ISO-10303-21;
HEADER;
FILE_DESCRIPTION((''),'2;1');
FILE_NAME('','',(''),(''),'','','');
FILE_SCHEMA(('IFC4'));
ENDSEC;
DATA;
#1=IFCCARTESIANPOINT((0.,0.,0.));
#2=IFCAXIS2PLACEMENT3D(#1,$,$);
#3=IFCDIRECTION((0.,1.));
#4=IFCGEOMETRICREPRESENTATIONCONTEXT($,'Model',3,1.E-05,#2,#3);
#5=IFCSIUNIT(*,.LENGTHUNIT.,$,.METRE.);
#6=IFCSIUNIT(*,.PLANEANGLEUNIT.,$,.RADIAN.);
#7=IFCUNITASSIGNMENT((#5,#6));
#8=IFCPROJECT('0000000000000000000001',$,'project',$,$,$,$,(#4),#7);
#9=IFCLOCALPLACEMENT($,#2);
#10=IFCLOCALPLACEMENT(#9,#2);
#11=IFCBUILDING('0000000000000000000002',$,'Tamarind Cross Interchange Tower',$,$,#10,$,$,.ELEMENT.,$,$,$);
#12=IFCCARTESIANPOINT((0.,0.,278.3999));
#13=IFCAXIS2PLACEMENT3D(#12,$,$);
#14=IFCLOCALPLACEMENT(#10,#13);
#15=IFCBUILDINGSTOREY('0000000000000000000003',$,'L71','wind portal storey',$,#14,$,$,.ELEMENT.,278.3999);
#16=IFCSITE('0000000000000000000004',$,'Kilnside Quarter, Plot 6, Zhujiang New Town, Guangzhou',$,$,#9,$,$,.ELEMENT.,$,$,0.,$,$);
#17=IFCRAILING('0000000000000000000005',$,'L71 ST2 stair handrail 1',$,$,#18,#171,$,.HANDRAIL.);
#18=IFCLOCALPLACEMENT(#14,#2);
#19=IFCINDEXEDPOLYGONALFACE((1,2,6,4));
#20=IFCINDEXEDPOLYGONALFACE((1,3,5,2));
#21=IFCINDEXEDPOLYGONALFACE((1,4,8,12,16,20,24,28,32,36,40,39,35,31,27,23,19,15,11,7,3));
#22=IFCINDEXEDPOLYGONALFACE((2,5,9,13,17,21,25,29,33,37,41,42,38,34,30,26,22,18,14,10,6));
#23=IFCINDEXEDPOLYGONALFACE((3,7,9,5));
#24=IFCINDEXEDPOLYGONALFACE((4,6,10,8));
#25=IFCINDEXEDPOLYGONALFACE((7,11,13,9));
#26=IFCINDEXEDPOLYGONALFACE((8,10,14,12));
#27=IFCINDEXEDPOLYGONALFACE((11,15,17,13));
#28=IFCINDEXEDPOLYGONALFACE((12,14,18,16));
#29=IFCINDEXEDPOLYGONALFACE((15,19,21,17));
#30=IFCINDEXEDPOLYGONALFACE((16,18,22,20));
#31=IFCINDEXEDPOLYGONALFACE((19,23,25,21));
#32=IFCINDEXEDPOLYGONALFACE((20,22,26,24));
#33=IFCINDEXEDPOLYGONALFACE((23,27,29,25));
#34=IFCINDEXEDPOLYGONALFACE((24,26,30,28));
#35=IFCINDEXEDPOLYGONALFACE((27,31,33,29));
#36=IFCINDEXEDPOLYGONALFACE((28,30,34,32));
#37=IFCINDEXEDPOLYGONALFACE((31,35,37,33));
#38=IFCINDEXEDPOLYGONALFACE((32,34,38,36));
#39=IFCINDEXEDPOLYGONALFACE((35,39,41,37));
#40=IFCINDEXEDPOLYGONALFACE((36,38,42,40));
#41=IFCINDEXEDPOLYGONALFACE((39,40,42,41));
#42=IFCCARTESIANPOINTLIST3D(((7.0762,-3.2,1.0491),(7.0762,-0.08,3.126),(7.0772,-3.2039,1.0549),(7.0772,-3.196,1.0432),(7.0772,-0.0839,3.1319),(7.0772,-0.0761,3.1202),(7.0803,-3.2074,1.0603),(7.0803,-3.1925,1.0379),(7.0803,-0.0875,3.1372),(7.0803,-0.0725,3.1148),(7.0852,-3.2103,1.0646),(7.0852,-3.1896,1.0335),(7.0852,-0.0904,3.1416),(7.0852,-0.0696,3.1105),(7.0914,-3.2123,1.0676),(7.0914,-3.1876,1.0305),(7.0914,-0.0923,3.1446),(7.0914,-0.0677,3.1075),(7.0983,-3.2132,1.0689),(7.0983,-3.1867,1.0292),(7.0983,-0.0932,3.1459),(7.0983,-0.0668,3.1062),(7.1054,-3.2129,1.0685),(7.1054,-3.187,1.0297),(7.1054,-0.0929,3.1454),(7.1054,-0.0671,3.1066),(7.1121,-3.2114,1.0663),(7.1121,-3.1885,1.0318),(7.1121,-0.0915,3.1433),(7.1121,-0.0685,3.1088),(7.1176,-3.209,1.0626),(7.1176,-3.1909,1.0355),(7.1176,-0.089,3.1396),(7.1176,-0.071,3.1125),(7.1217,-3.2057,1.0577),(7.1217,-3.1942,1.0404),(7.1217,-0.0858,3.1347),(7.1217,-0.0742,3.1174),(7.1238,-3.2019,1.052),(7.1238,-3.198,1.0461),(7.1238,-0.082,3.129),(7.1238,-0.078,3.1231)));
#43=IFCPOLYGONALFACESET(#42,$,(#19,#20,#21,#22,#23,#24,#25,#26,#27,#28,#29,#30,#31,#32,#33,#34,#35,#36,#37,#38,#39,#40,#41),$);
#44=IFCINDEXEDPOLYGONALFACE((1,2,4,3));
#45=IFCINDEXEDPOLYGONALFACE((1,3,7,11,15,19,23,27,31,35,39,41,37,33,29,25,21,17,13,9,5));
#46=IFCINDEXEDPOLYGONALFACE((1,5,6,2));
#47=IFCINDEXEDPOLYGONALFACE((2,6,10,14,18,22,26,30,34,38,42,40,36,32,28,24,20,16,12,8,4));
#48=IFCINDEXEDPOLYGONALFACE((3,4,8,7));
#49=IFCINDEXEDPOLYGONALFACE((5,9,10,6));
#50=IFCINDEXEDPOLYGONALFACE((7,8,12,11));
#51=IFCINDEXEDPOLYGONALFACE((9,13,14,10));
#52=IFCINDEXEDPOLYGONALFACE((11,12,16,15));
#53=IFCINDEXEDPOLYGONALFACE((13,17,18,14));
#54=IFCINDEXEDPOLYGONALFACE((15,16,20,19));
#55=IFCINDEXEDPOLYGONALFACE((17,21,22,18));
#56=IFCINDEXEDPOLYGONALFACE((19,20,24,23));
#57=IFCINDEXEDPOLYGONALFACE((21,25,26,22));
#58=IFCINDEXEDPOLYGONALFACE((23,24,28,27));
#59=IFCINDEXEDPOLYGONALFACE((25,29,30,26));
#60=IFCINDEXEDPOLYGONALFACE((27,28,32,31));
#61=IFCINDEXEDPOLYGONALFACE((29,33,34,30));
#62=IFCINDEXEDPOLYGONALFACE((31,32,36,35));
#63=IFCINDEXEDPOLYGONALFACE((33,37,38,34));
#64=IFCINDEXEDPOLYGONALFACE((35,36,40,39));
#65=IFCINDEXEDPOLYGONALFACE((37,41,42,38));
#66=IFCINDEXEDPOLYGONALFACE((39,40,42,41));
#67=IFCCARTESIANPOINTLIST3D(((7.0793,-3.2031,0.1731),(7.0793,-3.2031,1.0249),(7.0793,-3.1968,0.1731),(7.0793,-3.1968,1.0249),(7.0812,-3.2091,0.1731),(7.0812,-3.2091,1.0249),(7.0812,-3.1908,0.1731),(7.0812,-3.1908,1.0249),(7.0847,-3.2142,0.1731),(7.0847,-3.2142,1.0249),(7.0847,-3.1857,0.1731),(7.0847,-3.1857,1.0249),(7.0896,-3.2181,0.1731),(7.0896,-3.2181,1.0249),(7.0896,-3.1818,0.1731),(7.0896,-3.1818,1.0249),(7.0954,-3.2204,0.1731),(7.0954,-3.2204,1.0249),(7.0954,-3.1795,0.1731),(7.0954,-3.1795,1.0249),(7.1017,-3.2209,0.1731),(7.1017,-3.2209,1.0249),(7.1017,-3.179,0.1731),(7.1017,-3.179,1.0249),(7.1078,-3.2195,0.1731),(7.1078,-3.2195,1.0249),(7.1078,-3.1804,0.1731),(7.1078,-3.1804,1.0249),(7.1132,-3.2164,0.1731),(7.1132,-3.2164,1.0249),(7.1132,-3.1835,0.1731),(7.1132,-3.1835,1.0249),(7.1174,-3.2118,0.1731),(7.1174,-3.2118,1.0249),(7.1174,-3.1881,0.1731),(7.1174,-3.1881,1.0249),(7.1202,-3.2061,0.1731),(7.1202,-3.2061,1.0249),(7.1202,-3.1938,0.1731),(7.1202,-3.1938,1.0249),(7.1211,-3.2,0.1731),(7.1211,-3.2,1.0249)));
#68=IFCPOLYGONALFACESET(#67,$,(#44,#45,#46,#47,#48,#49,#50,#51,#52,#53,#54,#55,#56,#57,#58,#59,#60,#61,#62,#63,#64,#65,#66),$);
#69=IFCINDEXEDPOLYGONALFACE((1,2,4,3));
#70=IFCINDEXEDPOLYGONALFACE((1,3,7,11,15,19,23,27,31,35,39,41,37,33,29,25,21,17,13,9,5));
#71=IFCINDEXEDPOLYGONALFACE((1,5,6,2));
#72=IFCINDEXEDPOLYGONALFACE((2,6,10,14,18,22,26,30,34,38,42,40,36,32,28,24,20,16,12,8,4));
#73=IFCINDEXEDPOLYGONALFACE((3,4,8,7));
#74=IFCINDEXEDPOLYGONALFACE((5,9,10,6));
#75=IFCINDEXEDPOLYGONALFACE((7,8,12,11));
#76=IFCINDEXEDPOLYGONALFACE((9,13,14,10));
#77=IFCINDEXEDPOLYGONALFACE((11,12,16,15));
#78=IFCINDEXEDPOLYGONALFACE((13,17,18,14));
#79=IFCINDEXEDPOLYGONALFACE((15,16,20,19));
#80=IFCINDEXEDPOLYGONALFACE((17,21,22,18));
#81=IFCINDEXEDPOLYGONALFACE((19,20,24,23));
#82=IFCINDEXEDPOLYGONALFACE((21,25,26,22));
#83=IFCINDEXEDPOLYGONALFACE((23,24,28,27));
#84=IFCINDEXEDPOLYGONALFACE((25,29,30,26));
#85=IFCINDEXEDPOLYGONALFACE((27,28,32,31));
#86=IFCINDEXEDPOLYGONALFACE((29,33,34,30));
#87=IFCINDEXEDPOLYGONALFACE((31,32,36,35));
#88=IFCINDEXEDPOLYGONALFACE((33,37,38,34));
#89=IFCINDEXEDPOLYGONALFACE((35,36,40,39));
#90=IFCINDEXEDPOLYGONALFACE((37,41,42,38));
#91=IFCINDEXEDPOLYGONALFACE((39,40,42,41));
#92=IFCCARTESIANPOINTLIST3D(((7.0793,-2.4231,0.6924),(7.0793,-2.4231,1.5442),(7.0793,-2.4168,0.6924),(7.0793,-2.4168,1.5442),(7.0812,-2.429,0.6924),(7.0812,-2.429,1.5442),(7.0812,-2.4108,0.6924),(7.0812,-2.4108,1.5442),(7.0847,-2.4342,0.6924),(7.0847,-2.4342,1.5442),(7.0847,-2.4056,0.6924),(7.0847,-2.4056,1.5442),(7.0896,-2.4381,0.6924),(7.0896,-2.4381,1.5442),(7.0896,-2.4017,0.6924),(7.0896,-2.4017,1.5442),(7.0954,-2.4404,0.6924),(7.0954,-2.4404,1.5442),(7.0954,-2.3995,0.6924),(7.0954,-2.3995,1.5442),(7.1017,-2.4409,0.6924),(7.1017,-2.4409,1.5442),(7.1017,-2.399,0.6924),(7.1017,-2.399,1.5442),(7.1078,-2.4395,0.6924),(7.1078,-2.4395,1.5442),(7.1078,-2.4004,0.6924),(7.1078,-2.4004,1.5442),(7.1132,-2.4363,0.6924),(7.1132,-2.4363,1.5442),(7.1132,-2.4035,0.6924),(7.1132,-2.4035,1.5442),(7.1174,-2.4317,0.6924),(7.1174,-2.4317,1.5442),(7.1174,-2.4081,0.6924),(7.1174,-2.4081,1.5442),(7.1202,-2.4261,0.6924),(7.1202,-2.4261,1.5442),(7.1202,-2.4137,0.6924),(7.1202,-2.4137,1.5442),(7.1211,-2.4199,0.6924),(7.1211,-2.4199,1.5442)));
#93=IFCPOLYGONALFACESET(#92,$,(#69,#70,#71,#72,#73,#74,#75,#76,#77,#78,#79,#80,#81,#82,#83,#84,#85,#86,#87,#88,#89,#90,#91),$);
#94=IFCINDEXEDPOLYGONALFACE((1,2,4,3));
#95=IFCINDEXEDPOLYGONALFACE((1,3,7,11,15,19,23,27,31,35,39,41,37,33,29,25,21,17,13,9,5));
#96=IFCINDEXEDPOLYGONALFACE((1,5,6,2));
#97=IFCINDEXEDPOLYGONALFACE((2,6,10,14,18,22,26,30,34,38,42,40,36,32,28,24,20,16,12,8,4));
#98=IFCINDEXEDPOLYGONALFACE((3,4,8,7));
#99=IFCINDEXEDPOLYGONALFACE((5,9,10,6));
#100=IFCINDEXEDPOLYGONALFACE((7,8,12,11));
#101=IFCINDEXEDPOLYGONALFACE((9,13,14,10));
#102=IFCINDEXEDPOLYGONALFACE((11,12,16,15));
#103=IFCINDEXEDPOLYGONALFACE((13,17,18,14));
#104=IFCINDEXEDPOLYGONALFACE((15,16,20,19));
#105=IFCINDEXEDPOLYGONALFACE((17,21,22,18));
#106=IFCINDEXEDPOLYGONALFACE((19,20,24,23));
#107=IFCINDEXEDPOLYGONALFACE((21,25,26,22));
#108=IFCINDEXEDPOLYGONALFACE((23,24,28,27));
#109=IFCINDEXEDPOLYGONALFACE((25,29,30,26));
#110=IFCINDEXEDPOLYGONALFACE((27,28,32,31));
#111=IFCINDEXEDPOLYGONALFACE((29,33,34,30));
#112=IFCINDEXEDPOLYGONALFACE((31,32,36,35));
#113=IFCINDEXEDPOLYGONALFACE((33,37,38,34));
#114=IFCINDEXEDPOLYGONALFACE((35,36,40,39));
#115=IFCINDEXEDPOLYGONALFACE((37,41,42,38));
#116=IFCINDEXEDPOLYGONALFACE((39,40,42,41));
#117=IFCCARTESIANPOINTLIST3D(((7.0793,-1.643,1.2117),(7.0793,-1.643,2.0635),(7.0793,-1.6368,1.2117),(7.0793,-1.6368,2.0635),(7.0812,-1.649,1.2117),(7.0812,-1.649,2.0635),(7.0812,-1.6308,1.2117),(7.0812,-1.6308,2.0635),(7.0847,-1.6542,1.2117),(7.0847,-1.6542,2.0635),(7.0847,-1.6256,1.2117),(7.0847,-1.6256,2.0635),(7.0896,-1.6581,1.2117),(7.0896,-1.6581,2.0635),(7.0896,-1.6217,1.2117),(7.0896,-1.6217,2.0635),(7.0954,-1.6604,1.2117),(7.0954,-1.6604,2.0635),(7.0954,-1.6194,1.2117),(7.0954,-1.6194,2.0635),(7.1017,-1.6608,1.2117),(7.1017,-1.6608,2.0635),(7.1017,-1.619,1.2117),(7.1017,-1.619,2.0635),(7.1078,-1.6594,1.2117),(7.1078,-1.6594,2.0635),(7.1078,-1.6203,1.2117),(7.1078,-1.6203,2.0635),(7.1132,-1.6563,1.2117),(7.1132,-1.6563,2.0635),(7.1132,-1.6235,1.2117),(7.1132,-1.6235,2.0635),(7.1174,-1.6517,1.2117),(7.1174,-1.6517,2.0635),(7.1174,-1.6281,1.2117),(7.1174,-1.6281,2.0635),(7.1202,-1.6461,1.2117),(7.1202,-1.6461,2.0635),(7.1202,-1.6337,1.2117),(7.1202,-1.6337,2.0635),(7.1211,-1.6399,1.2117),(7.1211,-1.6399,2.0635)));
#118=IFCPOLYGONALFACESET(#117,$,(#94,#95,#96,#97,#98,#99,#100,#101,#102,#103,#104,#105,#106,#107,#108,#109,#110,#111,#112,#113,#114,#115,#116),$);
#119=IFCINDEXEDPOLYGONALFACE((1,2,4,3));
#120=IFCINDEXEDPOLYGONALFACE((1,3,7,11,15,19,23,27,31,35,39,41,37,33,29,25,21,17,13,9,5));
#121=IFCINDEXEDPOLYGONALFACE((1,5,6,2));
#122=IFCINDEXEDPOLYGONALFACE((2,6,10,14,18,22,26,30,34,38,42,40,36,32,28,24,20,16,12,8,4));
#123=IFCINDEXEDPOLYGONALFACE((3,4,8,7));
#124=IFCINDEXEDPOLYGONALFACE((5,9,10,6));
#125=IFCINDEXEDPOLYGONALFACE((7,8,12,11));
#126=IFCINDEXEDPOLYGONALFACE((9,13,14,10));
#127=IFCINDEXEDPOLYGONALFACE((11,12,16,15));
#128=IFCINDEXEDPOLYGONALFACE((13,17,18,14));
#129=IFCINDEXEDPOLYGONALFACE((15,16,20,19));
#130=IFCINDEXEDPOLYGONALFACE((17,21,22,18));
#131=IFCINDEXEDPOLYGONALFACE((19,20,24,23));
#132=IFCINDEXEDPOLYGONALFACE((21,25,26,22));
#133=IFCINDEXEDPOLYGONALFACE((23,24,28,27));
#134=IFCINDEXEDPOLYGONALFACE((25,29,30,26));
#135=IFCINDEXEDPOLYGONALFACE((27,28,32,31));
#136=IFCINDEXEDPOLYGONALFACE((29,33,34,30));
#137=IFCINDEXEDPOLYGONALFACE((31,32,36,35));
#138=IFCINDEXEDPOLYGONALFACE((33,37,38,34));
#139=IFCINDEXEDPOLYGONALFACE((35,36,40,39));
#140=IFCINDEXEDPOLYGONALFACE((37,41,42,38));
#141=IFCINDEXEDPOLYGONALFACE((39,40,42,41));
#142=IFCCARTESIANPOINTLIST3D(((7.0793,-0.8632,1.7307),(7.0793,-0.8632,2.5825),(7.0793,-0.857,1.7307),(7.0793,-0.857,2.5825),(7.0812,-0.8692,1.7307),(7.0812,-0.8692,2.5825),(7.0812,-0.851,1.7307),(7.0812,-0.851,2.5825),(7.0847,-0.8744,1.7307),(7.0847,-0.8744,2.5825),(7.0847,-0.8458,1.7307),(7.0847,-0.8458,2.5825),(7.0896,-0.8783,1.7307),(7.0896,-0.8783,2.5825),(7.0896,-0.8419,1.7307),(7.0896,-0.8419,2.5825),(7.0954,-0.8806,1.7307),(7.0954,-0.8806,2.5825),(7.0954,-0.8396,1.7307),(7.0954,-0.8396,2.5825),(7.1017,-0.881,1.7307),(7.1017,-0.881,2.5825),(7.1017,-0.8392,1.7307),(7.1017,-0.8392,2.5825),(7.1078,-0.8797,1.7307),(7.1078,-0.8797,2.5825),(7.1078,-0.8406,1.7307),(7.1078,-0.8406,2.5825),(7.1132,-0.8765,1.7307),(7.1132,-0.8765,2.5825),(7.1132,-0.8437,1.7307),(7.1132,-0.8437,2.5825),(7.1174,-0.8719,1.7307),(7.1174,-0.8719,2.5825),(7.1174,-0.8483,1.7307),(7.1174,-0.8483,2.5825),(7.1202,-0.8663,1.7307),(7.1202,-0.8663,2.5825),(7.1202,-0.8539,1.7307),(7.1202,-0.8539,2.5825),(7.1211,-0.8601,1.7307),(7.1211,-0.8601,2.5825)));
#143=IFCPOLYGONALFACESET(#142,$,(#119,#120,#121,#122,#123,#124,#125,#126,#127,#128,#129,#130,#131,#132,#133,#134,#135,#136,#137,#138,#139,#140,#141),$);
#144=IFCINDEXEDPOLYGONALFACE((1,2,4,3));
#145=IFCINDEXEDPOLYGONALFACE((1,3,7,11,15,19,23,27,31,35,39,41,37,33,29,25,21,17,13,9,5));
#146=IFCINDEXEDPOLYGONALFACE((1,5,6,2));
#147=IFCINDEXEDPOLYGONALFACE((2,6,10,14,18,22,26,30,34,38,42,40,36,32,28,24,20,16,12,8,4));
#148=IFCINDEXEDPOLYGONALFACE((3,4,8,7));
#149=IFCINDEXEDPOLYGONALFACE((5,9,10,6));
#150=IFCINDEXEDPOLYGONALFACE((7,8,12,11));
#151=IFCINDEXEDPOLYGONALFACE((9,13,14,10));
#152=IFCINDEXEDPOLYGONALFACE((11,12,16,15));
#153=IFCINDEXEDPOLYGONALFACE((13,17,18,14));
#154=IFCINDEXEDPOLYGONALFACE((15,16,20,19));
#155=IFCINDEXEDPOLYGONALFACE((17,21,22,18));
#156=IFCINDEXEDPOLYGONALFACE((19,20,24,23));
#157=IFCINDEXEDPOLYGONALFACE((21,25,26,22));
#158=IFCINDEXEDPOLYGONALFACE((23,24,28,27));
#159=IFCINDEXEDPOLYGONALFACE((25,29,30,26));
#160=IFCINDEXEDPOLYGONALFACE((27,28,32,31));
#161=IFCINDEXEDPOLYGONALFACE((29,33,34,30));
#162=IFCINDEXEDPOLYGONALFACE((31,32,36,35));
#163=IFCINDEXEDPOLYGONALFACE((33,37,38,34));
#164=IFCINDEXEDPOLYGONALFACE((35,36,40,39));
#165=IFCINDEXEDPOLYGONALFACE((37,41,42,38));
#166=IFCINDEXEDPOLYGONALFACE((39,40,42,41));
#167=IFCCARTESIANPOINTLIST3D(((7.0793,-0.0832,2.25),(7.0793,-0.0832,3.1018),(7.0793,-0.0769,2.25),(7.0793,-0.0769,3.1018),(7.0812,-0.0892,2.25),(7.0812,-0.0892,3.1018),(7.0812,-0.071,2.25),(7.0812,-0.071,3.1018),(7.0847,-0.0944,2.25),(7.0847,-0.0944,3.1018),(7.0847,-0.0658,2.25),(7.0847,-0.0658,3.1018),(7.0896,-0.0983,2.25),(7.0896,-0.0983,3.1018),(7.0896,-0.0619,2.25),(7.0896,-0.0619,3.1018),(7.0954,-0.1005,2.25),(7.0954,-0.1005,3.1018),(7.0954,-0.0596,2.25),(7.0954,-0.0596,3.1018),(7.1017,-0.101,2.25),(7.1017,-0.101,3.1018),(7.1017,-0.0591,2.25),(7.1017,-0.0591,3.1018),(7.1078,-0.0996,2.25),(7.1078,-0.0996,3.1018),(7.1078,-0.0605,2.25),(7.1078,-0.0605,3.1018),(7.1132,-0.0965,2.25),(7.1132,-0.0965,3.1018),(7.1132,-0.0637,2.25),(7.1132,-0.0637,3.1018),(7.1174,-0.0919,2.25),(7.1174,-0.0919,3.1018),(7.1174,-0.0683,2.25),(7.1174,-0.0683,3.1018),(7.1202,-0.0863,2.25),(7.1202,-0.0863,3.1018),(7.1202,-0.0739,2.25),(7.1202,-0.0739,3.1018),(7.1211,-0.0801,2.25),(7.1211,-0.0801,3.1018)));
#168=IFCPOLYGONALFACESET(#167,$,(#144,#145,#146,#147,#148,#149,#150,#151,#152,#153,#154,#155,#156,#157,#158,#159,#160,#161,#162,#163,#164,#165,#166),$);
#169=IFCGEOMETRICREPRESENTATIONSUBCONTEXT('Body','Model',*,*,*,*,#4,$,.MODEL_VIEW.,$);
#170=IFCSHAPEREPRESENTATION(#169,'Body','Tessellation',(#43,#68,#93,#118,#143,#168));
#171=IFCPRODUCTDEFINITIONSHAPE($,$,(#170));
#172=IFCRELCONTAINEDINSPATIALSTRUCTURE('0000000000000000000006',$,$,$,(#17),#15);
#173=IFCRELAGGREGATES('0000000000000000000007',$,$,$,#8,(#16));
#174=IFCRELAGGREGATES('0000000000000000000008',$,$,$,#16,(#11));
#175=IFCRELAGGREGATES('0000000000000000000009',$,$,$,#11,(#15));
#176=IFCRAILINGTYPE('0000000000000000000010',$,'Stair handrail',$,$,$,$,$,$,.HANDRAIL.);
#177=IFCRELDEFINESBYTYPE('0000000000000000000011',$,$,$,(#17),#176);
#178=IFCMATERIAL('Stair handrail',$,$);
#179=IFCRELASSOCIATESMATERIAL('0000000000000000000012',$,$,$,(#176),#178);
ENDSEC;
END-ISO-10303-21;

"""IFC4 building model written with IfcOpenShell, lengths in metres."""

from ifc_helpers import new_model, si_unit, direction, frame, origin, origin_2d, place, context, subcontext, project, spatial, circle, extrude, material, type_object, element, save


model = new_model("IFC4")

# Units and contexts
model_context = context("Model", 3, precision=1e-05, world=origin(), true_north=direction((0.0, 1.0)))
body_context = subcontext(model_context, "Body", "Model", "MODEL_VIEW")
ifc_project = project(units=[si_unit("LENGTHUNIT", "METRE"), si_unit("PLANEANGLEUNIT", "RADIAN")], contexts=[model_context])

# Site, building, storey
site_placement = place(None, origin())
site = spatial("IfcSite", under=ifc_project, at=site_placement, Name="Kilnside Quarter, Plot 6, Zhujiang New Town, Guangzhou", CompositionType="ELEMENT", RefElevation=0.0)
building_placement = place(site_placement, origin())
building = spatial("IfcBuilding", under=site, at=building_placement, Name="Tamarind Cross Interchange Tower", CompositionType="ELEMENT")
storey_placement = place(building_placement, frame((0.0, 0.0, 278.3999)))
storey = spatial("IfcBuildingStorey", under=building, at=storey_placement, Name="L71", Description="wind portal storey", CompositionType="ELEMENT", Elevation=278.3999)

# Railing
ifc_material_1 = material(Name="Stair handrail")
railing_type_1 = type_object("IfcRailingType", Name="Stair handrail", PredefinedType="HANDRAIL", material=ifc_material_1)
railing_1_placement = place(storey_placement, frame((7.1001, -3.2, 0.1731)))
element("IfcRailing", 1, at=railing_1_placement, inside=storey, type_object=railing_type_1, Name="L71 ST2 stair handrail 1", PredefinedType="HANDRAIL", context=body_context, shape_type="SweptSolid", body=[
    extrude(circle(Radius=0.0239, at=origin_2d()), frame((0.0, 0.0, 0.876), z_axis=(0.0, 0.832421, 0.554144), x_axis=(-1.0, 0.0, 0.0)), (0.0, 0.0, 1.0), 3.748),
    extrude(circle(Radius=0.021, at=origin_2d()), origin(), (0.0, 0.0, 1.0), 0.8518),
    extrude(circle(Radius=0.021, at=origin_2d()), frame((0.0, 0.78, 0.5193)), (0.0, 0.0, 1.0), 0.8518),
    extrude(circle(Radius=0.021, at=origin_2d()), frame((0.0, 1.5601, 1.0386)), (0.0, 0.0, 1.0), 0.8518),
    extrude(circle(Radius=0.021, at=origin_2d()), frame((0.0, 2.3398, 1.5576)), (0.0, 0.0, 1.0), 0.8518),
    extrude(circle(Radius=0.021, at=origin_2d()), frame((0.0, 3.1199, 2.0769)), (0.0, 0.0, 1.0), 0.8518),
])

save(model, "model.ifc")
